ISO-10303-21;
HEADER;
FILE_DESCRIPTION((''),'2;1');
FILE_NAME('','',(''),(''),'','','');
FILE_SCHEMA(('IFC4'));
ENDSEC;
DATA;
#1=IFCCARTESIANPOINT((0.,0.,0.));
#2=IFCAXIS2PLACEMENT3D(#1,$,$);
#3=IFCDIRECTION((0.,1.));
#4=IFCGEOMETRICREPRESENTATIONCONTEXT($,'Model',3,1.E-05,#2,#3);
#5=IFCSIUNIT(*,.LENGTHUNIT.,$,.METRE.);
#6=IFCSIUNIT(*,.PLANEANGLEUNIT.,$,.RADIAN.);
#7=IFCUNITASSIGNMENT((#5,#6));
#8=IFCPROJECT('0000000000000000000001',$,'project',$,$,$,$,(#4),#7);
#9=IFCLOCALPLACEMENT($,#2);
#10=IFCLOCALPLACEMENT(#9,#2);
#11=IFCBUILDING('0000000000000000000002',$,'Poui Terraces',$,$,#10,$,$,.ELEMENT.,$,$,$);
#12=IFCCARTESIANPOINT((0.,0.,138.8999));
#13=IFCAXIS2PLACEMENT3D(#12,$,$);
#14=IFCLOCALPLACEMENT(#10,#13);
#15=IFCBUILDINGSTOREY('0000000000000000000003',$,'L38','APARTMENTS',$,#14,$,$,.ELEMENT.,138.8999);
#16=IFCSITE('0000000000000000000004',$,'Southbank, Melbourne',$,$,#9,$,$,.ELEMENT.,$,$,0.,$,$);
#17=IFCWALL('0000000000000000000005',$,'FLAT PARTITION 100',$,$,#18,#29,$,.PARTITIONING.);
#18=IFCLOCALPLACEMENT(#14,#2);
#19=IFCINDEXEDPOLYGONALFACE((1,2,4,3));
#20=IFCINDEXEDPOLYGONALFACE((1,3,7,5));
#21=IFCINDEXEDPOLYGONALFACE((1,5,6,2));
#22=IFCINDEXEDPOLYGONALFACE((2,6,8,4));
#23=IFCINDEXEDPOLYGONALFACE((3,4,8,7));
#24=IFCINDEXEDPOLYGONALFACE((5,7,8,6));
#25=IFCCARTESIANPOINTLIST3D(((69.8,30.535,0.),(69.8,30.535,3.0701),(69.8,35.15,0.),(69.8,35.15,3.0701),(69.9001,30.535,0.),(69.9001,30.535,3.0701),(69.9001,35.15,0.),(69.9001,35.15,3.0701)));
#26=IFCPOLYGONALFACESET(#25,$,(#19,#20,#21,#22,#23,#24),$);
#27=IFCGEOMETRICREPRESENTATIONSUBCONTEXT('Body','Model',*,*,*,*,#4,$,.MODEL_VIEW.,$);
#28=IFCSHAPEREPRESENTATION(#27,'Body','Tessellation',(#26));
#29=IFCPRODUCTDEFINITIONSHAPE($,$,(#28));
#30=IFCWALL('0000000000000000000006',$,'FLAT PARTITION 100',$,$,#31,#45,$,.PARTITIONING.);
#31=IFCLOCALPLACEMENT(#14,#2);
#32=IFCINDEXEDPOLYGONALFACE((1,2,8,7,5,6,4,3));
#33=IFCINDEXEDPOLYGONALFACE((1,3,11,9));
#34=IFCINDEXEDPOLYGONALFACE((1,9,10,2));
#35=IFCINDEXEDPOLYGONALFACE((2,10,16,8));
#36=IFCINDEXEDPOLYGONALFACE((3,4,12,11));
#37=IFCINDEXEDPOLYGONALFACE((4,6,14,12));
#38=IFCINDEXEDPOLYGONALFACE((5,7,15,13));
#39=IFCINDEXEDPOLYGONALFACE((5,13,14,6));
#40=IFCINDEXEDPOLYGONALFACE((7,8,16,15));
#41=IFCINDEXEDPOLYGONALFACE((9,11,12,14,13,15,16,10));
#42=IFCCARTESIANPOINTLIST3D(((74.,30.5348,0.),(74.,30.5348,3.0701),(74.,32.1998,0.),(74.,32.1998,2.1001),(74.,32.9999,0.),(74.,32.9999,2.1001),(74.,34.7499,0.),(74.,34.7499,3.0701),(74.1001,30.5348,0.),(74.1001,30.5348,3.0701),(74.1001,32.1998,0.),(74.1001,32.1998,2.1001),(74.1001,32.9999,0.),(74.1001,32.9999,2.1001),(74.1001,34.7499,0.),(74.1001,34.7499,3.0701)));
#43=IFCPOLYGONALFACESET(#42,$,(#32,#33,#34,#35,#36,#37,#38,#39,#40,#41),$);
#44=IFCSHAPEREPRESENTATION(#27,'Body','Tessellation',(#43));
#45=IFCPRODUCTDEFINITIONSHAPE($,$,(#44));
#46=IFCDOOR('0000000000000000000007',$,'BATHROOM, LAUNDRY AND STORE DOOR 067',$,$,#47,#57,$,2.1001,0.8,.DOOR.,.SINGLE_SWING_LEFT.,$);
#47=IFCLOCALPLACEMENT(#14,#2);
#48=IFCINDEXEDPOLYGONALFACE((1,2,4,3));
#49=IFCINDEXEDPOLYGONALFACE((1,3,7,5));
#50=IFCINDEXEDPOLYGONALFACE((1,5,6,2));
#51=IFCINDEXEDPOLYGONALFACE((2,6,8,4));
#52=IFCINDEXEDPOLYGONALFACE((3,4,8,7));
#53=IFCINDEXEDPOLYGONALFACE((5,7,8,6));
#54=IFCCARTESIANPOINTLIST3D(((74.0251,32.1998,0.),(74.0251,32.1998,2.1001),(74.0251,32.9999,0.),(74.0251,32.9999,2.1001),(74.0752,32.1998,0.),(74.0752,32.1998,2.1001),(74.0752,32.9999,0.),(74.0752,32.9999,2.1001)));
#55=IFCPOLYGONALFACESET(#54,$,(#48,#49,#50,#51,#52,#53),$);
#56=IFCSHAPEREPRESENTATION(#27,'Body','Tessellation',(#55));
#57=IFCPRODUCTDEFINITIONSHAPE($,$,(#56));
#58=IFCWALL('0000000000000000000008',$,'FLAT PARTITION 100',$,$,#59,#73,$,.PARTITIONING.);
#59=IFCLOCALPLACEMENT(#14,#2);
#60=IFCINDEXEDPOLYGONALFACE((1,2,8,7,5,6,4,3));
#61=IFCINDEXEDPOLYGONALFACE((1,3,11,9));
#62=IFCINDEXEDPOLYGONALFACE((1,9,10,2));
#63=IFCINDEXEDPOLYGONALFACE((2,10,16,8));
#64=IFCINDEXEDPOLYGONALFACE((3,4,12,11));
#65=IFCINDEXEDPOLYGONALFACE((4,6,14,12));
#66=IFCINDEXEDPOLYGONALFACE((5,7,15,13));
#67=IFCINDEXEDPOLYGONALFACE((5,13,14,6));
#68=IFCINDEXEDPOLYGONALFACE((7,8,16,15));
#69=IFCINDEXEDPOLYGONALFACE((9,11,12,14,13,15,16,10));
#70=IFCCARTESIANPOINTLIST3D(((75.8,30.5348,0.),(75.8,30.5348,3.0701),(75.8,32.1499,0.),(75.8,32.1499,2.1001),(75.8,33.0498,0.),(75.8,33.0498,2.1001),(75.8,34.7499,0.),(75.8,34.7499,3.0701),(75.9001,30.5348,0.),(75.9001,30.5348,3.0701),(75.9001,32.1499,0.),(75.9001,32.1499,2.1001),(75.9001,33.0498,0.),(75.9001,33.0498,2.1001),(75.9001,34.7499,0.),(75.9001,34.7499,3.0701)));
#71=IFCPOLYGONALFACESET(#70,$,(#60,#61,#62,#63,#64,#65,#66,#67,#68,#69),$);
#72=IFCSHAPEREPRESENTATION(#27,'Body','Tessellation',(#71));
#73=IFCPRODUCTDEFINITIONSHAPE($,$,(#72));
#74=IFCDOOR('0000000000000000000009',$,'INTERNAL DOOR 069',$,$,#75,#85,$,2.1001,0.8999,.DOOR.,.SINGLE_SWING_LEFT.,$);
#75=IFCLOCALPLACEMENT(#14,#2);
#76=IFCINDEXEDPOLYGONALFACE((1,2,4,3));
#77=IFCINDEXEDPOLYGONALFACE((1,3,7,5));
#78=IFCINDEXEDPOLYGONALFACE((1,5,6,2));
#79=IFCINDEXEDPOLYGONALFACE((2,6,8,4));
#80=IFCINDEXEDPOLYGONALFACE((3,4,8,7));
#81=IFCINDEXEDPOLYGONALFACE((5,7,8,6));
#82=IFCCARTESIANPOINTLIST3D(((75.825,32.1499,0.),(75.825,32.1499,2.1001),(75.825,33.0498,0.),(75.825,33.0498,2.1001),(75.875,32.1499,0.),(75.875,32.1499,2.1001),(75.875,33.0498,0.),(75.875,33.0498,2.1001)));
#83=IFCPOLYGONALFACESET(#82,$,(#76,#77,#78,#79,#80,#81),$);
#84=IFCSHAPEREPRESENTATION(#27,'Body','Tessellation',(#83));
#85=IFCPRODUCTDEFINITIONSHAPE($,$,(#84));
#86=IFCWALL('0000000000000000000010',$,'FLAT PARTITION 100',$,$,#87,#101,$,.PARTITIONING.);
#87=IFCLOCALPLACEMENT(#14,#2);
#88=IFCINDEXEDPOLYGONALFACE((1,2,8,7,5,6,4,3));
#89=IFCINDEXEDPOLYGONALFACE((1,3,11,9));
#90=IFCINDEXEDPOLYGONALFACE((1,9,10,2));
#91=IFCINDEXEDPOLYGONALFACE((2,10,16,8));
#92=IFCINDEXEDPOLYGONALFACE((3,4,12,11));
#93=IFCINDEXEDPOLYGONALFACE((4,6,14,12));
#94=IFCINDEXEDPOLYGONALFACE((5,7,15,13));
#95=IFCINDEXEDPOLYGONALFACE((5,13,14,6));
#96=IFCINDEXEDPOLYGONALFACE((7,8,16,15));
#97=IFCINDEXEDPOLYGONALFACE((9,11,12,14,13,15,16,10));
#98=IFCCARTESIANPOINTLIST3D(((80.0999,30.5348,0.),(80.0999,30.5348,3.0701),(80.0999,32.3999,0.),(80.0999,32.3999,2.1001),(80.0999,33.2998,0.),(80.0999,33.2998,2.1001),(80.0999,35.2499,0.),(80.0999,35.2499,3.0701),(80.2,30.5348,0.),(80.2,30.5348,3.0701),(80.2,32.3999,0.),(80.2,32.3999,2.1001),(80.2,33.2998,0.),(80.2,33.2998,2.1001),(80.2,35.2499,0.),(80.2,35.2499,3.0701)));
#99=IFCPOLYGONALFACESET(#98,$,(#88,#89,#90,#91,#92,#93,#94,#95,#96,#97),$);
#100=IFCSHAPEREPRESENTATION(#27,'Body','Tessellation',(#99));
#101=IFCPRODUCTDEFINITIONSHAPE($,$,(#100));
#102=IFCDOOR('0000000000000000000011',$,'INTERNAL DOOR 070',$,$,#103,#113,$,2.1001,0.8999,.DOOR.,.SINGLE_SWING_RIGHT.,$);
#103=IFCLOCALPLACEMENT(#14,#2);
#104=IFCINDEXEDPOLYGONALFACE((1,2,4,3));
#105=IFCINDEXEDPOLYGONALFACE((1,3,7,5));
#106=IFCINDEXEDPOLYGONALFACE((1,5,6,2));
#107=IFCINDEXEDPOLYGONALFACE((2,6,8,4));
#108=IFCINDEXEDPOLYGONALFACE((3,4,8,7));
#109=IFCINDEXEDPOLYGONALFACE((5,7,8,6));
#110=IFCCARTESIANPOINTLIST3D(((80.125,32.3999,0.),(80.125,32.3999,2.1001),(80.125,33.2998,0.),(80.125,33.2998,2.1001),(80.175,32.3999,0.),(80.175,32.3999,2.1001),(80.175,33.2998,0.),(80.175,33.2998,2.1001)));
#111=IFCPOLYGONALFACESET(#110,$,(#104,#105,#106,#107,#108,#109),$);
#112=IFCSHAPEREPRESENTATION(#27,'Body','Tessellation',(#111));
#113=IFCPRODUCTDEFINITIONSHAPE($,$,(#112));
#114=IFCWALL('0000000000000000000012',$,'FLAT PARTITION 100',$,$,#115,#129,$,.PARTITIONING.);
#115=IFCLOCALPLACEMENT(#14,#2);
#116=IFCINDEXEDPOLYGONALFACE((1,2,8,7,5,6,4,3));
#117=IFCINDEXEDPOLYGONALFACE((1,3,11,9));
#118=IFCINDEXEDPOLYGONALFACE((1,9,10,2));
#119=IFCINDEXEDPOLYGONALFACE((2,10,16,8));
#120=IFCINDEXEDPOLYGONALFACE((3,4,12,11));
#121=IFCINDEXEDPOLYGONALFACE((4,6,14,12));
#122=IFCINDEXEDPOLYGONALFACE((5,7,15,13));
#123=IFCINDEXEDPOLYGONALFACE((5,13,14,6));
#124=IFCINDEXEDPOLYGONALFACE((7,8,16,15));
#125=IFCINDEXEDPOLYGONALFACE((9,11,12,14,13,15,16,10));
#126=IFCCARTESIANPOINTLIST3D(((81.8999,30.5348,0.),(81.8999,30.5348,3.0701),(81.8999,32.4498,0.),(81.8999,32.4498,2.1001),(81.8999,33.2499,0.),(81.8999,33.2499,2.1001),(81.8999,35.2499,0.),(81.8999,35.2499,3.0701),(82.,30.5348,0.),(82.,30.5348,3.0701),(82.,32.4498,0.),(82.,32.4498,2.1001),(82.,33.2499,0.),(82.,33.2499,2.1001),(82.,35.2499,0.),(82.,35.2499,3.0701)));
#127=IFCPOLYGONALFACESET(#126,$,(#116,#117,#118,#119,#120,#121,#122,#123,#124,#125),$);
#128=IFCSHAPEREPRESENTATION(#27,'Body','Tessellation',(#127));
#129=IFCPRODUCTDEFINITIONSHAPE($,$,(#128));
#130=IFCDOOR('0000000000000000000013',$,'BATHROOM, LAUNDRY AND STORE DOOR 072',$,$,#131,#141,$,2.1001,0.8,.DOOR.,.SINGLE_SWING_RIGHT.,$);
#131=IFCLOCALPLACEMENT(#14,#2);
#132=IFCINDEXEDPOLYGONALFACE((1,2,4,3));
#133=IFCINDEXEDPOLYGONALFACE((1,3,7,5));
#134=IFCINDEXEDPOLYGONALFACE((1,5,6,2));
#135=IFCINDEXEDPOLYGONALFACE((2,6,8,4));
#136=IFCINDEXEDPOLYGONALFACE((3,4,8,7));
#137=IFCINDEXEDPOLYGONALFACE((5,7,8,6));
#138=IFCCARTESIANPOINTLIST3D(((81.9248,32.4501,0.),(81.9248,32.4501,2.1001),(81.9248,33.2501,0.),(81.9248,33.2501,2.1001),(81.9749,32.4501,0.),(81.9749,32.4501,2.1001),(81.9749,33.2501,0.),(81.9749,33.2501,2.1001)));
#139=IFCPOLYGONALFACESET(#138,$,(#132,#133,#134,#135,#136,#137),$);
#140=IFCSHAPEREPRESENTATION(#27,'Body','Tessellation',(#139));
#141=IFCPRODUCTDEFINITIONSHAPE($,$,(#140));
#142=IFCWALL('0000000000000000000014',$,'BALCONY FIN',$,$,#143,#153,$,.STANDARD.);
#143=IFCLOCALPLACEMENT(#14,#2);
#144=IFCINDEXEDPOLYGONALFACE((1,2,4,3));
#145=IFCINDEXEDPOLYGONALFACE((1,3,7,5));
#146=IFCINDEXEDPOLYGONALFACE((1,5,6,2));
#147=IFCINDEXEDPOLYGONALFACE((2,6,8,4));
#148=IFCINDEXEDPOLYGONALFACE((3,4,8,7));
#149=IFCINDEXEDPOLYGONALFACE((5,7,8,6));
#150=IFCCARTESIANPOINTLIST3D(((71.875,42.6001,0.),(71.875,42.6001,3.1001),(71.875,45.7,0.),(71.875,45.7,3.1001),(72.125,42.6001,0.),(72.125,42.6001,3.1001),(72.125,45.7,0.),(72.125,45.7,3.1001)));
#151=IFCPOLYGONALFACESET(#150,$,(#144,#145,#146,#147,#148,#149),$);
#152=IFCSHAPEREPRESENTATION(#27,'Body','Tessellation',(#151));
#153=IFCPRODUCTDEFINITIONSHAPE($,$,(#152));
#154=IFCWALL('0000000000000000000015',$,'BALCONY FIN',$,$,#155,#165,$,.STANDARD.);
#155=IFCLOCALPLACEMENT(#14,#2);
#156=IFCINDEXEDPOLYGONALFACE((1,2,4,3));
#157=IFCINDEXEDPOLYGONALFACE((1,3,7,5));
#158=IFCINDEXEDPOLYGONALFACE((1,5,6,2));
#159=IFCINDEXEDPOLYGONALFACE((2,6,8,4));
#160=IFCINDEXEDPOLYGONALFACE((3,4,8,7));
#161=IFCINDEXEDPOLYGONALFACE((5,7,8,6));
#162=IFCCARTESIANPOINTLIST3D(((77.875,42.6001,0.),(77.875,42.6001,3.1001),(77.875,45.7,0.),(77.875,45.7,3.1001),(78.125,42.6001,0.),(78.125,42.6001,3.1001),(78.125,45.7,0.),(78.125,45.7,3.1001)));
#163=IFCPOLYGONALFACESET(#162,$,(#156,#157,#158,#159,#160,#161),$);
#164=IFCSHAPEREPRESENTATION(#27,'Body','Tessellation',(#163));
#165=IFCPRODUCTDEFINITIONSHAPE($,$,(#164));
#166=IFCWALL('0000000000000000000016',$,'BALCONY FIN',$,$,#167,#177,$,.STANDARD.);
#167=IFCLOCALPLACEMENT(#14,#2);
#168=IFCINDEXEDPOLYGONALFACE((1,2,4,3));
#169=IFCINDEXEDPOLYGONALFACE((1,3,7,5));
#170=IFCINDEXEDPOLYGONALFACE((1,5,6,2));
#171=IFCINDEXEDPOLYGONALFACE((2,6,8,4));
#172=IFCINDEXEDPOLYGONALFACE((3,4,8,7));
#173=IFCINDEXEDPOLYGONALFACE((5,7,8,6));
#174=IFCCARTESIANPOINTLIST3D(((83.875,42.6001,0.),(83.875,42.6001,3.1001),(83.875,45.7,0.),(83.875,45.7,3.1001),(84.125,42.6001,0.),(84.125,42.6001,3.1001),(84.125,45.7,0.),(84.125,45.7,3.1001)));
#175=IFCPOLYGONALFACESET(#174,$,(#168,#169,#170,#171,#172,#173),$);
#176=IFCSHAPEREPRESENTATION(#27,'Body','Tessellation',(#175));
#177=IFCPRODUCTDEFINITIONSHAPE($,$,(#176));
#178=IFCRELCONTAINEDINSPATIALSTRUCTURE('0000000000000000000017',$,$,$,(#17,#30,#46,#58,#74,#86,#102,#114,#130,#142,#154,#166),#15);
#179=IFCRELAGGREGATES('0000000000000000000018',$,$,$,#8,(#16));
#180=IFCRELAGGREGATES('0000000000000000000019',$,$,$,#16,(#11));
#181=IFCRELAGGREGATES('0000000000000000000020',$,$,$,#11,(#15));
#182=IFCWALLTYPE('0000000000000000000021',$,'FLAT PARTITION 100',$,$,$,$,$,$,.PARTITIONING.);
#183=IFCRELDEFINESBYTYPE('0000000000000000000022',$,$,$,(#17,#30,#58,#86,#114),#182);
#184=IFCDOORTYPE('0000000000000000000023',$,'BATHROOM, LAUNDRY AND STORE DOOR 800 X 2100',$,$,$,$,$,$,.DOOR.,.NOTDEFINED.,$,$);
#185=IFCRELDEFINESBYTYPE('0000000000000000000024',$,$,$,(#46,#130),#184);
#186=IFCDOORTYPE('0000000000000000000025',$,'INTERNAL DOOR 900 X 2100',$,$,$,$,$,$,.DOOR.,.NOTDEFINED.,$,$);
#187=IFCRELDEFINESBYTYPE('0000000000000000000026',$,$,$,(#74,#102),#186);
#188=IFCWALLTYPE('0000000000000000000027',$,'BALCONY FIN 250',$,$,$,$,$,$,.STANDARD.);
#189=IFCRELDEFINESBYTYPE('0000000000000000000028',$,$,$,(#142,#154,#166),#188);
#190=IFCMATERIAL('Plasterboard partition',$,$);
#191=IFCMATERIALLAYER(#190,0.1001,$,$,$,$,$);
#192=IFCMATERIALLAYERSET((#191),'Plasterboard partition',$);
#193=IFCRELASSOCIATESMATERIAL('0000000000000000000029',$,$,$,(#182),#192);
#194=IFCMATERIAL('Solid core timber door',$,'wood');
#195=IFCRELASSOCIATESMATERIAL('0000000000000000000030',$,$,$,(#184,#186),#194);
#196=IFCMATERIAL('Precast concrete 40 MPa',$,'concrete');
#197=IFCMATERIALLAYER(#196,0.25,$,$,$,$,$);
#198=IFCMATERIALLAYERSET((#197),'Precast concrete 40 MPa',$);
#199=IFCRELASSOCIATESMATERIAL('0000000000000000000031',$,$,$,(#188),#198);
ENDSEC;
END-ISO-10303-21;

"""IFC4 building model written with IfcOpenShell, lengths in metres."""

from ifc_helpers import new_model, si_unit, direction, frame, frame_2d, origin, place, context, subcontext, project, spatial, polyline, rectangle, outline, extrude, source, transform, mapped, material, layer, layer_set, type_object, element, fill, save


model = new_model("IFC4")

# Units and contexts
model_context = context("Model", 3, precision=1e-05, world=origin(), true_north=direction((0.0, 1.0)))
body_context = subcontext(model_context, "Body", "Model", "MODEL_VIEW")
ifc_project = project(units=[si_unit("LENGTHUNIT", "METRE"), si_unit("PLANEANGLEUNIT", "RADIAN")], contexts=[model_context])

# Site, building, storey
site_placement = place(None, origin())
site = spatial("IfcSite", under=ifc_project, at=site_placement, Name="Southbank, Melbourne", CompositionType="ELEMENT", RefElevation=0.0)
building_placement = place(site_placement, origin())
building = spatial("IfcBuilding", under=site, at=building_placement, Name="Poui Terraces", CompositionType="ELEMENT")
storey_placement = place(building_placement, frame((0.0, 0.0, 138.8999)))
storey = spatial("IfcBuildingStorey", under=building, at=storey_placement, Name="L38", Description="APARTMENTS", CompositionType="ELEMENT", Elevation=138.8999)

# Shared definitions
ifc_material_1 = material(Name="Plasterboard partition")
ifc_layer_1 = layer(ifc_material_1, 0.1001)
ifc_layer_set_1 = layer_set([ifc_layer_1], Name="Plasterboard partition")
wall_type_1 = type_object("IfcWallType", Name="FLAT PARTITION 100", PredefinedType="PARTITIONING", material=ifc_layer_set_1)

# Shared definitions
ifc_material_2 = material(Name="Solid core timber door", Category="wood")
door_type_1 = type_object("IfcDoorType", Name="BATHROOM, LAUNDRY AND STORE DOOR 800 X 2100", OperationType="NOTDEFINED", PredefinedType="DOOR", material=ifc_material_2)
door_type_2 = type_object("IfcDoorType", Name="INTERNAL DOOR 900 X 2100", OperationType="NOTDEFINED", PredefinedType="DOOR", material=ifc_material_2)

# Wall
wall_1_placement = place(storey_placement, frame((69.8501, 30.5349, 0.0), z_axis=(0.0, 0.0, 1.0), x_axis=(0.0, 1.0, 0.0)))
element("IfcWall", 1, at=wall_1_placement, inside=storey, type_object=wall_type_1, Name="FLAT PARTITION 100", PredefinedType="PARTITIONING", context=body_context, shape_type="SweptSolid", body=[
    extrude(rectangle(XDim=4.615, YDim=0.1001, at=frame_2d((2.3076, 0.0))), origin(), (0.0, 0.0, 1.0), 3.0701),
])

# Walls, openings, doors
wall_2_placement = place(storey_placement, frame((74.05, 30.5349, 0.0), z_axis=(0.0, 0.0, 1.0), x_axis=(0.0, 1.0, 0.0)))
wall_2 = element("IfcWall", 2, at=wall_2_placement, inside=storey, type_object=wall_type_1, Name="FLAT PARTITION 100", PredefinedType="PARTITIONING", context=body_context, shape_type="SweptSolid", body=[
    extrude(rectangle(XDim=4.2151, YDim=0.1001, at=frame_2d((2.1074, 0.0))), origin(), (0.0, 0.0, 1.0), 3.0701),
])
opening_1_placement = place(wall_2_placement, frame((1.665, 0.0, 0.0)))
opening_1 = element("IfcOpeningElement", 3, at=opening_1_placement, cuts=wall_2, PredefinedType="OPENING", context=body_context, shape_type="SweptSolid", body=[
    extrude(rectangle(XDim=0.8, YDim=2.1001, at=frame_2d((0.3999, 1.05))), frame((0.0, 0.0601, 0.0), z_axis=(0.0, -1.0, 0.0), x_axis=(1.0, 0.0, 0.0)), (0.0, 0.0, 1.0), 0.1201),
])
door_1_placement = place(opening_1_placement, origin())
door_1 = element("IfcDoor", 4, at=door_1_placement, inside=storey, type_object=door_type_1, Name="BATHROOM, LAUNDRY AND STORE DOOR 067", OperationType="SINGLE_SWING_LEFT", OverallHeight=2.1001, OverallWidth=0.8, PredefinedType="DOOR", context=body_context, shape_type="SweptSolid", body=[
    extrude(rectangle(XDim=0.8, YDim=2.1001, at=frame_2d((0.3999, 1.05))), frame((0.0, 0.0249, 0.0), z_axis=(0.0, -1.0, 0.0), x_axis=(1.0, 0.0, 0.0)), (0.0, 0.0, 1.0), 0.05),
])
fill(opening_1, door_1)
wall_3_placement = place(storey_placement, frame((75.8501, 30.5349, 0.0), z_axis=(0.0, 0.0, 1.0), x_axis=(0.0, 1.0, 0.0)))
wall_3 = element("IfcWall", 5, at=wall_3_placement, inside=storey, type_object=wall_type_1, Name="FLAT PARTITION 100", PredefinedType="PARTITIONING", context=body_context, shape_type="SweptSolid", body=[
    extrude(rectangle(XDim=4.2151, YDim=0.1001, at=frame_2d((2.1074, 0.0))), origin(), (0.0, 0.0, 1.0), 3.0701),
])
opening_2_placement = place(wall_3_placement, frame((1.615, 0.0, 0.0)))
opening_2 = element("IfcOpeningElement", 6, at=opening_2_placement, cuts=wall_3, PredefinedType="OPENING", context=body_context, shape_type="SweptSolid", body=[
    extrude(rectangle(XDim=0.8999, YDim=2.1001, at=frame_2d((0.45, 1.05))), frame((0.0, 0.0601, 0.0), z_axis=(0.0, -1.0, 0.0), x_axis=(1.0, 0.0, 0.0)), (0.0, 0.0, 1.0), 0.1201),
])
door_2_placement = place(opening_2_placement, frame((0.8999, 0.0, 0.0), z_axis=(0.0, 0.0, 1.0), x_axis=(-1.0, 0.0, 0.0)))
door_2 = element("IfcDoor", 7, at=door_2_placement, inside=storey, type_object=door_type_2, Name="INTERNAL DOOR 069", OperationType="SINGLE_SWING_LEFT", OverallHeight=2.1001, OverallWidth=0.8999, PredefinedType="DOOR", context=body_context, shape_type="SweptSolid", body=[
    extrude(rectangle(XDim=0.8999, YDim=2.1001, at=frame_2d((0.45, 1.05))), frame((0.0, 0.0249, 0.0), z_axis=(0.0, -1.0, 0.0), x_axis=(1.0, 0.0, 0.0)), (0.0, 0.0, 1.0), 0.05),
])
fill(opening_2, door_2)
wall_4_placement = place(storey_placement, frame((80.1499, 30.5349, 0.0), z_axis=(0.0, 0.0, 1.0), x_axis=(0.0, 1.0, 0.0)))
wall_4 = element("IfcWall", 8, at=wall_4_placement, inside=storey, type_object=wall_type_1, Name="FLAT PARTITION 100", PredefinedType="PARTITIONING", context=body_context, shape_type="SweptSolid", body=[
    extrude(rectangle(XDim=4.7151, YDim=0.1001, at=frame_2d((2.3574, 0.0))), origin(), (0.0, 0.0, 1.0), 3.0701),
])
opening_3_placement = place(wall_4_placement, frame((1.865, 0.0, 0.0)))
opening_3 = element("IfcOpeningElement", 9, at=opening_3_placement, cuts=wall_4, PredefinedType="OPENING", context=body_context, shape_type="SweptSolid", body=[
    extrude(rectangle(XDim=0.8999, YDim=2.1001, at=frame_2d((0.45, 1.05))), frame((0.0, 0.0601, 0.0), z_axis=(0.0, -1.0, 0.0), x_axis=(1.0, 0.0, 0.0)), (0.0, 0.0, 1.0), 0.1201),
])
door_3_placement = place(opening_3_placement, origin())
door_3 = element("IfcDoor", 10, at=door_3_placement, inside=storey, type_object=door_type_2, Name="INTERNAL DOOR 070", OperationType="SINGLE_SWING_RIGHT", OverallHeight=2.1001, OverallWidth=0.8999, PredefinedType="DOOR", context=body_context, shape_type="SweptSolid", body=[
    extrude(rectangle(XDim=0.8999, YDim=2.1001, at=frame_2d((0.45, 1.05))), frame((0.0, 0.0249, 0.0), z_axis=(0.0, -1.0, 0.0), x_axis=(1.0, 0.0, 0.0)), (0.0, 0.0, 1.0), 0.05),
])
fill(opening_3, door_3)
wall_5_placement = place(storey_placement, frame((81.95, 30.5349, 0.0), z_axis=(0.0, 0.0, 1.0), x_axis=(0.0, 1.0, 0.0)))
wall_5 = element("IfcWall", 11, at=wall_5_placement, inside=storey, type_object=wall_type_1, Name="FLAT PARTITION 100", PredefinedType="PARTITIONING", context=body_context, shape_type="SweptSolid", body=[
    extrude(rectangle(XDim=4.7151, YDim=0.1001, at=frame_2d((2.3574, 0.0))), origin(), (0.0, 0.0, 1.0), 3.0701),
])
opening_4_placement = place(wall_5_placement, frame((1.915, 0.0, 0.0)))
opening_4 = element("IfcOpeningElement", 12, at=opening_4_placement, cuts=wall_5, PredefinedType="OPENING", context=body_context, shape_type="SweptSolid", body=[
    extrude(rectangle(XDim=0.8, YDim=2.1001, at=frame_2d((0.3999, 1.05))), frame((0.0, 0.0601, 0.0), z_axis=(0.0, -1.0, 0.0), x_axis=(1.0, 0.0, 0.0)), (0.0, 0.0, 1.0), 0.1201),
])
door_4_placement = place(opening_4_placement, frame((0.8, 0.0, 0.0), z_axis=(0.0, 0.0, 1.0), x_axis=(-1.0, 0.0, 0.0)))
door_4 = element("IfcDoor", 13, at=door_4_placement, inside=storey, type_object=door_type_1, Name="BATHROOM, LAUNDRY AND STORE DOOR 072", OperationType="SINGLE_SWING_RIGHT", OverallHeight=2.1001, OverallWidth=0.8, PredefinedType="DOOR", context=body_context, shape_type="SweptSolid", body=[
    extrude(rectangle(XDim=0.8, YDim=2.1001, at=frame_2d((0.3999, 1.05))), frame((0.0, 0.0249, 0.0), z_axis=(0.0, -1.0, 0.0), x_axis=(1.0, 0.0, 0.0)), (0.0, 0.0, 1.0), 0.05),
])
fill(opening_4, door_4)

# Walls
ifc_material_3 = material(Name="Precast concrete 40 MPa", Category="concrete")
ifc_layer_2 = layer(ifc_material_3, 0.25)
ifc_layer_set_2 = layer_set([ifc_layer_2], Name="Precast concrete 40 MPa")
wall_type_2 = type_object("IfcWallType", Name="BALCONY FIN 250", PredefinedType="STANDARD", material=ifc_layer_set_2)
shared_shape_1 = source(origin(), body_context, "Body", "SweptSolid", [
    extrude(outline(polyline([(0.0, 0.0), (0.25, 0.0), (0.25, 3.0999), (0.0, 3.0999), (0.0, 0.0)])), origin(), (0.0, 0.0, 1.0), 3.1001),
])
for number, where, name in (
    (14, (71.875, 42.6001, 0.0), "BALCONY FIN"),
    (15, (77.875, 42.6001, 0.0), "BALCONY FIN"),
    (16, (83.875, 42.6001, 0.0), "BALCONY FIN"),
):
    element("IfcWall", number, at=place(storey_placement, frame(where)), inside=storey, type_object=wall_type_2, Name=name, PredefinedType="STANDARD", context=body_context, shape_type="MappedRepresentation", body=[
        mapped(shared_shape_1, transform((0.0, 0.0, 0.0))),
    ])

save(model, "model.ifc")
